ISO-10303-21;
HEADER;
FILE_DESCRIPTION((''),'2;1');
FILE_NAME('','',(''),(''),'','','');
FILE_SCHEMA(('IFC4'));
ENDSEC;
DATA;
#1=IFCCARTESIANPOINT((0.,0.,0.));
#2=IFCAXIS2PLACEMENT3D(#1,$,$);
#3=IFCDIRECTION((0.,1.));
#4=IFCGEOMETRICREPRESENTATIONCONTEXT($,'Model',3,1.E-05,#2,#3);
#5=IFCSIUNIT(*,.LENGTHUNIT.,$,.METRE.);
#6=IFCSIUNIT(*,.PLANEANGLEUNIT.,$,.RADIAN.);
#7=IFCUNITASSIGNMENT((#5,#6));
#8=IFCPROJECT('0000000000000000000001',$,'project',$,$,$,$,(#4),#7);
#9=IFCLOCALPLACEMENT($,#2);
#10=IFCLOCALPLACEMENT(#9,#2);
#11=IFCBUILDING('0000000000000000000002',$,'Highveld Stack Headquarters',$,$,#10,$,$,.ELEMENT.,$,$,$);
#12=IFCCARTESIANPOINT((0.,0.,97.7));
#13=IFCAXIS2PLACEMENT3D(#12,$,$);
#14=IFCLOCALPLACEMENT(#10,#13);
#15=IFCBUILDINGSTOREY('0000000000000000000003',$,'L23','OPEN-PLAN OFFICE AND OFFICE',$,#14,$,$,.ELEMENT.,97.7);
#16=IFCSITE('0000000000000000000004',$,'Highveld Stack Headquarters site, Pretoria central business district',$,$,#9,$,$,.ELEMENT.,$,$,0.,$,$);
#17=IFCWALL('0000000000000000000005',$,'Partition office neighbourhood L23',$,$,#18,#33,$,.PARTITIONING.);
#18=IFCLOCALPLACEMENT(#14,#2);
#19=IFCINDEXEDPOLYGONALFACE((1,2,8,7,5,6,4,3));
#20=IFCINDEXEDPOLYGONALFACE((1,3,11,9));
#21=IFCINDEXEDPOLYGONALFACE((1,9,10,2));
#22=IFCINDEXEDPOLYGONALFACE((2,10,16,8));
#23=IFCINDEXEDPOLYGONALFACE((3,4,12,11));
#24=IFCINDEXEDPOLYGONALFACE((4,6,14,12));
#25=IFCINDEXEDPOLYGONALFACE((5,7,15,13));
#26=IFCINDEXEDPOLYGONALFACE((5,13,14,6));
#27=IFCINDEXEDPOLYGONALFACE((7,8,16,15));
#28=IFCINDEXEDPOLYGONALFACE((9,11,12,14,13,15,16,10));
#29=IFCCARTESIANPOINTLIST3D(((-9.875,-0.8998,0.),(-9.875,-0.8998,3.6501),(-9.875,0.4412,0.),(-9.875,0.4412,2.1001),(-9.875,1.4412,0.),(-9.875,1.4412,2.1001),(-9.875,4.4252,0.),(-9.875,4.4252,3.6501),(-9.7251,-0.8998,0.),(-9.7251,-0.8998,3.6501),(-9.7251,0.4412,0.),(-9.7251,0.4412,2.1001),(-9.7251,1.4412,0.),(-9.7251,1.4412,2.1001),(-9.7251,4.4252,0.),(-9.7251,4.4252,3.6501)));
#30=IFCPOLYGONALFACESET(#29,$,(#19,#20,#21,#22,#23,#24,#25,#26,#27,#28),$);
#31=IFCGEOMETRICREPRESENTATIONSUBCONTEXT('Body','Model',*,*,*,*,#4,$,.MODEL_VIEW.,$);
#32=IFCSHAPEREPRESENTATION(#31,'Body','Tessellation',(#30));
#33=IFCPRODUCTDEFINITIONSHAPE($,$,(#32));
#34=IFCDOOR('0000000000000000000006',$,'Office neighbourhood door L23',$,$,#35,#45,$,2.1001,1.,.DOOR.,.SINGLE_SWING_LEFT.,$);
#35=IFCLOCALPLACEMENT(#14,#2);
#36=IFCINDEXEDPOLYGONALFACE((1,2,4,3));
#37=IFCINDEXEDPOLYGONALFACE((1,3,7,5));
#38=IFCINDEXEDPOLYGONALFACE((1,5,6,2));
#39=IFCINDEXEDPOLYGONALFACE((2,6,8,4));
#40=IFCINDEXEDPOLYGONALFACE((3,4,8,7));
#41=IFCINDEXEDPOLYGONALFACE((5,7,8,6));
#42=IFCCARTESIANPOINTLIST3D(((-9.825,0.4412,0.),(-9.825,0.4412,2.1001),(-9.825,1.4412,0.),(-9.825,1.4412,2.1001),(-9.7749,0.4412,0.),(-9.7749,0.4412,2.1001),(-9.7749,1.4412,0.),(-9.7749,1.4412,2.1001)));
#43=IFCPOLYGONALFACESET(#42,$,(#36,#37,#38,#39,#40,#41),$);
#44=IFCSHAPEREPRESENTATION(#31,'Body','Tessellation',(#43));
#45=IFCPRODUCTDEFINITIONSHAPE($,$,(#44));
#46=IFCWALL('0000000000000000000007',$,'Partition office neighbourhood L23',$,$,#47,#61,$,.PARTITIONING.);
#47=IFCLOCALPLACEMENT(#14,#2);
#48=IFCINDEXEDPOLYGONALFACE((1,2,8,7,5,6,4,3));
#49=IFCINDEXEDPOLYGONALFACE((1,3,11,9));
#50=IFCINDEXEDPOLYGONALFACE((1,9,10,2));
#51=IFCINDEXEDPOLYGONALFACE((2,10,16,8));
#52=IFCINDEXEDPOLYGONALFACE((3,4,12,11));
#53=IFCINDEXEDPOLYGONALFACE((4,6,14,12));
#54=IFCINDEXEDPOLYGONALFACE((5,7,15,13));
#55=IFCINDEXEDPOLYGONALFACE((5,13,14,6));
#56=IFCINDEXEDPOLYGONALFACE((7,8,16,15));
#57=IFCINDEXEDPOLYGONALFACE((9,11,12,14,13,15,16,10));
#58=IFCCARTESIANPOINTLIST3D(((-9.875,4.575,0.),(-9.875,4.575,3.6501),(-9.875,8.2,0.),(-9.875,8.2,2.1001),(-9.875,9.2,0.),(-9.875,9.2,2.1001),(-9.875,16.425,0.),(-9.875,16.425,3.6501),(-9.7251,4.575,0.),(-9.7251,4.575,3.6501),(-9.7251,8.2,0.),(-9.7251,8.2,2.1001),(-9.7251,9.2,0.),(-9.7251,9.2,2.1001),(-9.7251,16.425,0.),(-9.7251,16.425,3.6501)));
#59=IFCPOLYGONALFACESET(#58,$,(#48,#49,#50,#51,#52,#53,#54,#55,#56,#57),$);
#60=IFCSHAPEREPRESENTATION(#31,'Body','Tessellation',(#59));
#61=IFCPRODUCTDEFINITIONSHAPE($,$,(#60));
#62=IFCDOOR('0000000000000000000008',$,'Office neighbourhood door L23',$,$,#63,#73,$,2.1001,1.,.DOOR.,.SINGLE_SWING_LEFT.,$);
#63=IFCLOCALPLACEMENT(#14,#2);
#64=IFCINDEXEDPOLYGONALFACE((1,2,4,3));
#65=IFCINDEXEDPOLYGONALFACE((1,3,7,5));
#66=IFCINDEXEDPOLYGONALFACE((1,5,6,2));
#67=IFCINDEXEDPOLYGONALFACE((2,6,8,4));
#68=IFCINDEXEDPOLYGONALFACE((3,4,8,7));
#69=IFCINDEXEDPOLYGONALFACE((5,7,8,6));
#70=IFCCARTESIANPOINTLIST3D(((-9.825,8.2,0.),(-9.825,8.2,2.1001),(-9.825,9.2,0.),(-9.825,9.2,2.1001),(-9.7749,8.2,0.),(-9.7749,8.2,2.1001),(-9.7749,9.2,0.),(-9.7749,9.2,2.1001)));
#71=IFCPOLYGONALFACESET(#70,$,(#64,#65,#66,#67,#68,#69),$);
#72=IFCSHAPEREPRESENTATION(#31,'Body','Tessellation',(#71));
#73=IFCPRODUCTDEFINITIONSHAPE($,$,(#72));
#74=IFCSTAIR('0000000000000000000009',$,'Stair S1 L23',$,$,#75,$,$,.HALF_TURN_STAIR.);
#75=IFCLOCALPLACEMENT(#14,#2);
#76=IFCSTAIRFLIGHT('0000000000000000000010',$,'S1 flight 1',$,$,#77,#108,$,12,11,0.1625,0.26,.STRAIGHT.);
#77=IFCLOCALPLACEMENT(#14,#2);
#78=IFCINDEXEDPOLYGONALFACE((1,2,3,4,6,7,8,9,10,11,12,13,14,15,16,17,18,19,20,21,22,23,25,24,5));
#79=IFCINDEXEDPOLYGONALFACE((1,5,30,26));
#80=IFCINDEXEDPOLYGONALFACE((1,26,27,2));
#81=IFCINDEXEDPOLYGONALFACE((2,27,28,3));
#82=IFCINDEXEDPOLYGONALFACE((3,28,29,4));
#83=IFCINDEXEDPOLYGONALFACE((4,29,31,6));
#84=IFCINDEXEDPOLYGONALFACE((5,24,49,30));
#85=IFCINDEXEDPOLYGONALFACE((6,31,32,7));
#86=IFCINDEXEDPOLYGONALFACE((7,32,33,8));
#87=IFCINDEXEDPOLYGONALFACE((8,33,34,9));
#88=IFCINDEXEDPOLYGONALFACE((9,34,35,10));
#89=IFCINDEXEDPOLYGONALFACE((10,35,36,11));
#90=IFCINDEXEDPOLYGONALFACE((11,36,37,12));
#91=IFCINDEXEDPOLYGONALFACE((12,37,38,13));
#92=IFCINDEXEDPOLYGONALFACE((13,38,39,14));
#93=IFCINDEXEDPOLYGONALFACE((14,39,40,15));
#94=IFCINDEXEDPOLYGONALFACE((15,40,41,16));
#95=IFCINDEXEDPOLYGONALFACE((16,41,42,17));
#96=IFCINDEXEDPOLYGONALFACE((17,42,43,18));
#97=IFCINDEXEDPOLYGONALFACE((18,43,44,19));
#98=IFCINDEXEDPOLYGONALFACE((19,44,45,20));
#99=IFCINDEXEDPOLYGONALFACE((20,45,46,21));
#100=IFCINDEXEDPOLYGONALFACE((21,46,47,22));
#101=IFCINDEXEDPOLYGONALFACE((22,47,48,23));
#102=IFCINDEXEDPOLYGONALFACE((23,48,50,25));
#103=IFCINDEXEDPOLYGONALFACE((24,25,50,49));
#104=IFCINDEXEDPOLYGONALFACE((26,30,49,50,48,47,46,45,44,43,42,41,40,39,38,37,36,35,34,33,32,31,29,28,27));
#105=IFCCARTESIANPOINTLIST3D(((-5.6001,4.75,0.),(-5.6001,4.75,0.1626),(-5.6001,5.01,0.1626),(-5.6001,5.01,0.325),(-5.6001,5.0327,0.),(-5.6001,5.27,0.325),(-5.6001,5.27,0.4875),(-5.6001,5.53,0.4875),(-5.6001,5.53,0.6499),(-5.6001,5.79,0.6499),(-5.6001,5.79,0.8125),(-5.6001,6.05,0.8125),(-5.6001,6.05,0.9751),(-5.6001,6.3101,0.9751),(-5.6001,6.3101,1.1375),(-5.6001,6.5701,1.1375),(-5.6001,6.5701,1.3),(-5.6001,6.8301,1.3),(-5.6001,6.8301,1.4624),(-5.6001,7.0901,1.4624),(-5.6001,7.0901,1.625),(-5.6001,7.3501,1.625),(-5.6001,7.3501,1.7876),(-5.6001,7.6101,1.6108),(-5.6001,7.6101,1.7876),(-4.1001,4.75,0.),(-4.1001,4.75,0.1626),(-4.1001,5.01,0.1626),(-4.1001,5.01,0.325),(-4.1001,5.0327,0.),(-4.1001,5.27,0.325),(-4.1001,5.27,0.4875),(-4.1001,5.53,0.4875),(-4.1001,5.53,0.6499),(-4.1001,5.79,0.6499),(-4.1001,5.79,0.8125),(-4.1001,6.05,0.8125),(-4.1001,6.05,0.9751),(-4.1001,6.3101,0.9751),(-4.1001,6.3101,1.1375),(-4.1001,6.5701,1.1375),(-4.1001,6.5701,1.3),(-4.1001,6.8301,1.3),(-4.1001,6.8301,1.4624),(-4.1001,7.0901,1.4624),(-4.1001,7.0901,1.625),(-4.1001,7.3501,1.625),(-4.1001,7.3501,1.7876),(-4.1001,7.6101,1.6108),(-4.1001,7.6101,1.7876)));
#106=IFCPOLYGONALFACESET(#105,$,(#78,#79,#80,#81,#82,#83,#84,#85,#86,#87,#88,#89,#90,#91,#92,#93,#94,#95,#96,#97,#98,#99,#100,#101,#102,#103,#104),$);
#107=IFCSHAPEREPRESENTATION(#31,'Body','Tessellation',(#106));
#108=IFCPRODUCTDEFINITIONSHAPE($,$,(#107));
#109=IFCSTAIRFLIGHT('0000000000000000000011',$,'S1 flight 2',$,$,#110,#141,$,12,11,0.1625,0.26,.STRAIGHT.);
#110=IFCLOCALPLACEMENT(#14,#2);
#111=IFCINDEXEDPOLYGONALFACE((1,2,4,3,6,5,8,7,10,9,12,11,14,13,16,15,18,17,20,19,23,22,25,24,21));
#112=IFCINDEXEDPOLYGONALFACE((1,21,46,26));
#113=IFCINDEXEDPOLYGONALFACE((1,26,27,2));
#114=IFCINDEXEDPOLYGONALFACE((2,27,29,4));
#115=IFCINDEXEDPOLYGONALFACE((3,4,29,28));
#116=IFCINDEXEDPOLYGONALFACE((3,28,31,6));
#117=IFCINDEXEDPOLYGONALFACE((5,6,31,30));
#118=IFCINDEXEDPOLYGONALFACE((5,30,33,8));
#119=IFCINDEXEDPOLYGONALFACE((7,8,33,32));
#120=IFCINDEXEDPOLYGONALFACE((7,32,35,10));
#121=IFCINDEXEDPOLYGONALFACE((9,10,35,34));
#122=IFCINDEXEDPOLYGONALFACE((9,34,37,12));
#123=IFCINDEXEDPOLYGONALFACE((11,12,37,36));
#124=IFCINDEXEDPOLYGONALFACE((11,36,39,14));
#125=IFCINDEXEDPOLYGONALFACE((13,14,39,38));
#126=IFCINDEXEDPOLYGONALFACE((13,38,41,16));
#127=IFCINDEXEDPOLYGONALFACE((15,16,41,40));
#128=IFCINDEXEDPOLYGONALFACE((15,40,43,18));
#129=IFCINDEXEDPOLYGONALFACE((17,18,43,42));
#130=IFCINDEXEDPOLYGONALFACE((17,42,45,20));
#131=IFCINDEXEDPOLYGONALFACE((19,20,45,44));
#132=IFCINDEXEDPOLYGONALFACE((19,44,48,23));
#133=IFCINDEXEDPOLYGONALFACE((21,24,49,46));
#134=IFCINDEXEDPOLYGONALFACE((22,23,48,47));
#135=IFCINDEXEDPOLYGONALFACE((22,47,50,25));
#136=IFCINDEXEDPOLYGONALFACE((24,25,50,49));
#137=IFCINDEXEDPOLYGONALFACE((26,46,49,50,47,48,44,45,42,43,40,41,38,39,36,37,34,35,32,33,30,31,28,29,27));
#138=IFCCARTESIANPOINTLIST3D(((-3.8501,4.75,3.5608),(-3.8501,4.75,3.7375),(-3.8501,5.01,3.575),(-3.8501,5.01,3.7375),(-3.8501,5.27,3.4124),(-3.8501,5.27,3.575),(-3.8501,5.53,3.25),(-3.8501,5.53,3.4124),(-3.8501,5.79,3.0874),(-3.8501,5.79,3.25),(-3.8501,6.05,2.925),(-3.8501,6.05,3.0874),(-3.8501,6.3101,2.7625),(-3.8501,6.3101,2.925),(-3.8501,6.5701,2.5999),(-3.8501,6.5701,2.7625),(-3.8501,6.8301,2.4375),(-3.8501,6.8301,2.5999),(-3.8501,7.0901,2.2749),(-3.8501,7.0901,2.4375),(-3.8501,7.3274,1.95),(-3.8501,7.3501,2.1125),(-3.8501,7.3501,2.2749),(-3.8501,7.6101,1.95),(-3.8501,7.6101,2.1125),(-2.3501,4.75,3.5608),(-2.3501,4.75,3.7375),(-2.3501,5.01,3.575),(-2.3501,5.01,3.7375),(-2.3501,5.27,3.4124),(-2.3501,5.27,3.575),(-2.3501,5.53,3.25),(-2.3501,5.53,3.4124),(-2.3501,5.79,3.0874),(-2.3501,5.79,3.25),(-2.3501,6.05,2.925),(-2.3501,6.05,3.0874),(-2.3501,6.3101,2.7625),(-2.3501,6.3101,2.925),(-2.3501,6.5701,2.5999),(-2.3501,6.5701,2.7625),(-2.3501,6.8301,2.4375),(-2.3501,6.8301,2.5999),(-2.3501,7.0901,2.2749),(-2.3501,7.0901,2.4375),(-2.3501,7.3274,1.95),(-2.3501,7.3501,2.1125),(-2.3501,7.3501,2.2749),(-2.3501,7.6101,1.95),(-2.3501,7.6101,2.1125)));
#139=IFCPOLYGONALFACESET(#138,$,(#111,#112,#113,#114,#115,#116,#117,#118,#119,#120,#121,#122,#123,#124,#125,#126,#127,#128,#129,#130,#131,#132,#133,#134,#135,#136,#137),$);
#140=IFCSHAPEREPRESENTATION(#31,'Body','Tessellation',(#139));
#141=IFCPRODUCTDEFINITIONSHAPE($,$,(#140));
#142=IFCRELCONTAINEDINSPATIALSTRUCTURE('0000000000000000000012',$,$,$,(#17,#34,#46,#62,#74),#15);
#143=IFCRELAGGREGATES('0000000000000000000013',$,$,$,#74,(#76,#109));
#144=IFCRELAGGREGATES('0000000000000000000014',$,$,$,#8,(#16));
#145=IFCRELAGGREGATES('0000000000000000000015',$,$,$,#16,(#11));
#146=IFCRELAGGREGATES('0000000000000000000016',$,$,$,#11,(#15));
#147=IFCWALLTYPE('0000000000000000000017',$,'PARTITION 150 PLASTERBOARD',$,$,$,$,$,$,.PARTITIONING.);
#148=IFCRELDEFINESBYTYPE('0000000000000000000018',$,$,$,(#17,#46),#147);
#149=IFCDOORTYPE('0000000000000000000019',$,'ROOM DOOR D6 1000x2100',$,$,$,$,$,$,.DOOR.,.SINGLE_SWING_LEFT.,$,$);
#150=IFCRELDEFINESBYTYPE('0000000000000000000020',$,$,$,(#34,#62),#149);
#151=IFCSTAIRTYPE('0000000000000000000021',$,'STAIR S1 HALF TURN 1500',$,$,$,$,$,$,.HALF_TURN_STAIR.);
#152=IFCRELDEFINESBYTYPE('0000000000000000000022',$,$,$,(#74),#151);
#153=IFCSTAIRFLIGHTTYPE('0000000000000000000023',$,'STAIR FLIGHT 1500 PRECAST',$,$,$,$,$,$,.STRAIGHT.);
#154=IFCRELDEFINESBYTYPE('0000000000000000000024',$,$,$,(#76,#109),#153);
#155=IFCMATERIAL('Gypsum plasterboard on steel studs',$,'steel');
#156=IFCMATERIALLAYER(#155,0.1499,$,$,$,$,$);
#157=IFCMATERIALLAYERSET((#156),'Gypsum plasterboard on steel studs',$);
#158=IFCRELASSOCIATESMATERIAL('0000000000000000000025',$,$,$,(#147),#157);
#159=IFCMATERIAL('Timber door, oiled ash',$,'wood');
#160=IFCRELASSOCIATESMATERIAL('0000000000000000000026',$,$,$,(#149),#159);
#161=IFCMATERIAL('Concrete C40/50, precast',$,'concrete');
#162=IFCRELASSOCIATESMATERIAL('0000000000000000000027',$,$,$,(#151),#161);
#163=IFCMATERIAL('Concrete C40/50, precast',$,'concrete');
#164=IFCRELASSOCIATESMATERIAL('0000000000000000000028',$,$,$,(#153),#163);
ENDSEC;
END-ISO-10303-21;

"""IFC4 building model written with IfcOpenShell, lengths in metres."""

from ifc_helpers import new_model, si_unit, direction, frame, frame_2d, origin, place, context, subcontext, project, spatial, polyline, rectangle, outline, extrude, material, layer, layer_set, type_object, element, fill, aggregate, save


model = new_model("IFC4")

# Units and contexts
model_context = context("Model", 3, precision=1e-05, world=origin(), true_north=direction((0.0, 1.0)))
body_context = subcontext(model_context, "Body", "Model", "MODEL_VIEW")
ifc_project = project(units=[si_unit("LENGTHUNIT", "METRE"), si_unit("PLANEANGLEUNIT", "RADIAN")], contexts=[model_context])

# Site, building, storey
site_placement = place(None, origin())
site = spatial("IfcSite", under=ifc_project, at=site_placement, Name="Highveld Stack Headquarters site, Pretoria central business district", CompositionType="ELEMENT", RefElevation=0.0)
building_placement = place(site_placement, origin())
building = spatial("IfcBuilding", under=site, at=building_placement, Name="Highveld Stack Headquarters", CompositionType="ELEMENT")
storey_placement = place(building_placement, frame((0.0, 0.0, 97.7)))
storey = spatial("IfcBuildingStorey", under=building, at=storey_placement, Name="L23", Description="OPEN-PLAN OFFICE AND OFFICE", CompositionType="ELEMENT", Elevation=97.7)

# Walls, openings, doors
ifc_material_1 = material(Name="Gypsum plasterboard on steel studs", Category="steel")
ifc_layer_1 = layer(ifc_material_1, 0.1499)
ifc_layer_set_1 = layer_set([ifc_layer_1], Name="Gypsum plasterboard on steel studs")
wall_type_1 = type_object("IfcWallType", Name="PARTITION 150 PLASTERBOARD", PredefinedType="PARTITIONING", material=ifc_layer_set_1)
wall_1_placement = place(storey_placement, frame((-9.8, -0.8999, 0.0), z_axis=(0.0, 0.0, 1.0), x_axis=(0.0, 1.0, 0.0)))
wall_1 = element("IfcWall", 1, at=wall_1_placement, inside=storey, type_object=wall_type_1, Name="Partition office neighbourhood L23", PredefinedType="PARTITIONING", context=body_context, shape_type="SweptSolid", body=[
    extrude(rectangle(XDim=5.325, YDim=0.1499, at=frame_2d((2.6626, 0.0))), origin(), (0.0, 0.0, 1.0), 3.6501),
])
opening_1_placement = place(wall_1_placement, frame((1.3411, 0.0, 0.0)))
opening_1 = element("IfcOpeningElement", 2, at=opening_1_placement, cuts=wall_1, PredefinedType="OPENING", context=body_context, shape_type="SweptSolid", body=[
    extrude(rectangle(XDim=1.0, YDim=2.1001, at=frame_2d((0.5, 1.05))), frame((0.0, 0.085, 0.0), z_axis=(0.0, -1.0, 0.0), x_axis=(1.0, 0.0, 0.0)), (0.0, 0.0, 1.0), 0.1699),
])
ifc_material_2 = material(Name="Timber door, oiled ash", Category="wood")
door_type_1 = type_object("IfcDoorType", Name="ROOM DOOR D6 1000x2100", OperationType="SINGLE_SWING_LEFT", PredefinedType="DOOR", material=ifc_material_2)
door_1_placement = place(opening_1_placement, origin())
door_1 = element("IfcDoor", 3, at=door_1_placement, inside=storey, type_object=door_type_1, Name="Office neighbourhood door L23", OperationType="SINGLE_SWING_LEFT", OverallHeight=2.1001, OverallWidth=1.0, PredefinedType="DOOR", context=body_context, shape_type="SweptSolid", body=[
    extrude(rectangle(XDim=1.0, YDim=2.1001, at=frame_2d((0.5, 1.05))), frame((0.0, 0.0249, 0.0), z_axis=(0.0, -1.0, 0.0), x_axis=(1.0, 0.0, 0.0)), (0.0, 0.0, 1.0), 0.05),
])
fill(opening_1, door_1)
wall_2_placement = place(storey_placement, frame((-9.8, 4.575, 0.0), z_axis=(0.0, 0.0, 1.0), x_axis=(0.0, 1.0, 0.0)))
wall_2 = element("IfcWall", 4, at=wall_2_placement, inside=storey, type_object=wall_type_1, Name="Partition office neighbourhood L23", PredefinedType="PARTITIONING", context=body_context, shape_type="SweptSolid", body=[
    extrude(rectangle(XDim=11.8501, YDim=0.1499, at=frame_2d((5.925, 0.0))), origin(), (0.0, 0.0, 1.0), 3.6501),
])
opening_2_placement = place(wall_2_placement, frame((3.625, 0.0, 0.0)))
opening_2 = element("IfcOpeningElement", 5, at=opening_2_placement, cuts=wall_2, PredefinedType="OPENING", context=body_context, shape_type="SweptSolid", body=[
    extrude(rectangle(XDim=1.0, YDim=2.1001, at=frame_2d((0.5, 1.05))), frame((0.0, 0.085, 0.0), z_axis=(0.0, -1.0, 0.0), x_axis=(1.0, 0.0, 0.0)), (0.0, 0.0, 1.0), 0.1699),
])
door_2_placement = place(opening_2_placement, origin())
door_2 = element("IfcDoor", 6, at=door_2_placement, inside=storey, type_object=door_type_1, Name="Office neighbourhood door L23", OperationType="SINGLE_SWING_LEFT", OverallHeight=2.1001, OverallWidth=1.0, PredefinedType="DOOR", context=body_context, shape_type="SweptSolid", body=[
    extrude(rectangle(XDim=1.0, YDim=2.1001, at=frame_2d((0.5, 1.05))), frame((0.0, 0.0249, 0.0), z_axis=(0.0, -1.0, 0.0), x_axis=(1.0, 0.0, 0.0)), (0.0, 0.0, 1.0), 0.05),
])
fill(opening_2, door_2)

# Stair, stair flights
ifc_material_3 = material(Name="Concrete C40/50, precast", Category="concrete")
stair_type = type_object("IfcStairType", Name="STAIR S1 HALF TURN 1500", PredefinedType="HALF_TURN_STAIR", material=ifc_material_3)
stair_placement = place(storey_placement, origin())
stair = element("IfcStair", 7, at=stair_placement, inside=storey, type_object=stair_type, Name="Stair S1 L23", PredefinedType="HALF_TURN_STAIR")
ifc_material_4 = material(Name="Concrete C40/50, precast", Category="concrete")
stair_flight_type = type_object("IfcStairFlightType", Name="STAIR FLIGHT 1500 PRECAST", PredefinedType="STRAIGHT", material=ifc_material_4)
stair_flight_1_placement = place(storey_placement, frame((-4.8501, 4.75, 0.0), z_axis=(0.0, 0.0, 1.0), x_axis=(0.0, 1.0, 0.0)))
stair_flight_1 = element("IfcStairFlight", 8, at=stair_flight_1_placement, type_object=stair_flight_type, Name="S1 flight 1", NumberOfRisers=12, NumberOfTreads=11, PredefinedType="STRAIGHT", RiserHeight=0.1625, TreadLength=0.26, context=body_context, shape_type="SweptSolid", body=[
    extrude(outline(polyline([(0.0, 0.0), (0.0, 0.1626), (0.26, 0.1626), (0.26, 0.325), (0.52, 0.325), (0.52, 0.4875), (0.78, 0.4875), (0.78, 0.6499), (1.04, 0.6499), (1.04, 0.8125), (1.3, 0.8125), (1.3, 0.9751), (1.5601, 0.9751), (1.5601, 1.1375), (1.8201, 1.1375), (1.8201, 1.3), (2.0801, 1.3), (2.0801, 1.4624), (2.3401, 1.4624), (2.3401, 1.625), (2.6001, 1.625), (2.6001, 1.7876), (2.8601, 1.7876), (2.8601, 1.95), (2.8601, 1.6108), (0.2827, 0.0), (0.0, 0.0)])), frame((0.0, 0.75, 0.0), z_axis=(0.0, -1.0, 0.0), x_axis=(1.0, 0.0, 0.0)), (0.0, 0.0, 1.0), 1.5),
])
stair_flight_2_placement = place(storey_placement, frame((-3.1001, 7.6101, 1.95), z_axis=(0.0, 0.0, 1.0), x_axis=(0.0, -1.0, 0.0)))
stair_flight_2 = element("IfcStairFlight", 9, at=stair_flight_2_placement, type_object=stair_flight_type, Name="S1 flight 2", NumberOfRisers=12, NumberOfTreads=11, PredefinedType="STRAIGHT", RiserHeight=0.1625, TreadLength=0.26, context=body_context, shape_type="SweptSolid", body=[
    extrude(outline(polyline([(0.0, 0.0), (0.0, 0.1626), (0.26, 0.1626), (0.26, 0.325), (0.52, 0.325), (0.52, 0.4875), (0.78, 0.4875), (0.78, 0.6499), (1.04, 0.6499), (1.04, 0.8125), (1.3, 0.8125), (1.3, 0.9751), (1.5601, 0.9751), (1.5601, 1.1375), (1.8201, 1.1375), (1.8201, 1.3), (2.0801, 1.3), (2.0801, 1.4624), (2.3401, 1.4624), (2.3401, 1.625), (2.6001, 1.625), (2.6001, 1.7876), (2.8601, 1.7876), (2.8601, 1.95), (2.8601, 1.6108), (0.2827, 0.0), (0.0, 0.0)])), frame((0.0, 0.75, 0.0), z_axis=(0.0, -1.0, 0.0), x_axis=(1.0, 0.0, 0.0)), (0.0, 0.0, 1.0), 1.5),
])
aggregate(stair, [stair_flight_1, stair_flight_2])

save(model, "model.ifc")
